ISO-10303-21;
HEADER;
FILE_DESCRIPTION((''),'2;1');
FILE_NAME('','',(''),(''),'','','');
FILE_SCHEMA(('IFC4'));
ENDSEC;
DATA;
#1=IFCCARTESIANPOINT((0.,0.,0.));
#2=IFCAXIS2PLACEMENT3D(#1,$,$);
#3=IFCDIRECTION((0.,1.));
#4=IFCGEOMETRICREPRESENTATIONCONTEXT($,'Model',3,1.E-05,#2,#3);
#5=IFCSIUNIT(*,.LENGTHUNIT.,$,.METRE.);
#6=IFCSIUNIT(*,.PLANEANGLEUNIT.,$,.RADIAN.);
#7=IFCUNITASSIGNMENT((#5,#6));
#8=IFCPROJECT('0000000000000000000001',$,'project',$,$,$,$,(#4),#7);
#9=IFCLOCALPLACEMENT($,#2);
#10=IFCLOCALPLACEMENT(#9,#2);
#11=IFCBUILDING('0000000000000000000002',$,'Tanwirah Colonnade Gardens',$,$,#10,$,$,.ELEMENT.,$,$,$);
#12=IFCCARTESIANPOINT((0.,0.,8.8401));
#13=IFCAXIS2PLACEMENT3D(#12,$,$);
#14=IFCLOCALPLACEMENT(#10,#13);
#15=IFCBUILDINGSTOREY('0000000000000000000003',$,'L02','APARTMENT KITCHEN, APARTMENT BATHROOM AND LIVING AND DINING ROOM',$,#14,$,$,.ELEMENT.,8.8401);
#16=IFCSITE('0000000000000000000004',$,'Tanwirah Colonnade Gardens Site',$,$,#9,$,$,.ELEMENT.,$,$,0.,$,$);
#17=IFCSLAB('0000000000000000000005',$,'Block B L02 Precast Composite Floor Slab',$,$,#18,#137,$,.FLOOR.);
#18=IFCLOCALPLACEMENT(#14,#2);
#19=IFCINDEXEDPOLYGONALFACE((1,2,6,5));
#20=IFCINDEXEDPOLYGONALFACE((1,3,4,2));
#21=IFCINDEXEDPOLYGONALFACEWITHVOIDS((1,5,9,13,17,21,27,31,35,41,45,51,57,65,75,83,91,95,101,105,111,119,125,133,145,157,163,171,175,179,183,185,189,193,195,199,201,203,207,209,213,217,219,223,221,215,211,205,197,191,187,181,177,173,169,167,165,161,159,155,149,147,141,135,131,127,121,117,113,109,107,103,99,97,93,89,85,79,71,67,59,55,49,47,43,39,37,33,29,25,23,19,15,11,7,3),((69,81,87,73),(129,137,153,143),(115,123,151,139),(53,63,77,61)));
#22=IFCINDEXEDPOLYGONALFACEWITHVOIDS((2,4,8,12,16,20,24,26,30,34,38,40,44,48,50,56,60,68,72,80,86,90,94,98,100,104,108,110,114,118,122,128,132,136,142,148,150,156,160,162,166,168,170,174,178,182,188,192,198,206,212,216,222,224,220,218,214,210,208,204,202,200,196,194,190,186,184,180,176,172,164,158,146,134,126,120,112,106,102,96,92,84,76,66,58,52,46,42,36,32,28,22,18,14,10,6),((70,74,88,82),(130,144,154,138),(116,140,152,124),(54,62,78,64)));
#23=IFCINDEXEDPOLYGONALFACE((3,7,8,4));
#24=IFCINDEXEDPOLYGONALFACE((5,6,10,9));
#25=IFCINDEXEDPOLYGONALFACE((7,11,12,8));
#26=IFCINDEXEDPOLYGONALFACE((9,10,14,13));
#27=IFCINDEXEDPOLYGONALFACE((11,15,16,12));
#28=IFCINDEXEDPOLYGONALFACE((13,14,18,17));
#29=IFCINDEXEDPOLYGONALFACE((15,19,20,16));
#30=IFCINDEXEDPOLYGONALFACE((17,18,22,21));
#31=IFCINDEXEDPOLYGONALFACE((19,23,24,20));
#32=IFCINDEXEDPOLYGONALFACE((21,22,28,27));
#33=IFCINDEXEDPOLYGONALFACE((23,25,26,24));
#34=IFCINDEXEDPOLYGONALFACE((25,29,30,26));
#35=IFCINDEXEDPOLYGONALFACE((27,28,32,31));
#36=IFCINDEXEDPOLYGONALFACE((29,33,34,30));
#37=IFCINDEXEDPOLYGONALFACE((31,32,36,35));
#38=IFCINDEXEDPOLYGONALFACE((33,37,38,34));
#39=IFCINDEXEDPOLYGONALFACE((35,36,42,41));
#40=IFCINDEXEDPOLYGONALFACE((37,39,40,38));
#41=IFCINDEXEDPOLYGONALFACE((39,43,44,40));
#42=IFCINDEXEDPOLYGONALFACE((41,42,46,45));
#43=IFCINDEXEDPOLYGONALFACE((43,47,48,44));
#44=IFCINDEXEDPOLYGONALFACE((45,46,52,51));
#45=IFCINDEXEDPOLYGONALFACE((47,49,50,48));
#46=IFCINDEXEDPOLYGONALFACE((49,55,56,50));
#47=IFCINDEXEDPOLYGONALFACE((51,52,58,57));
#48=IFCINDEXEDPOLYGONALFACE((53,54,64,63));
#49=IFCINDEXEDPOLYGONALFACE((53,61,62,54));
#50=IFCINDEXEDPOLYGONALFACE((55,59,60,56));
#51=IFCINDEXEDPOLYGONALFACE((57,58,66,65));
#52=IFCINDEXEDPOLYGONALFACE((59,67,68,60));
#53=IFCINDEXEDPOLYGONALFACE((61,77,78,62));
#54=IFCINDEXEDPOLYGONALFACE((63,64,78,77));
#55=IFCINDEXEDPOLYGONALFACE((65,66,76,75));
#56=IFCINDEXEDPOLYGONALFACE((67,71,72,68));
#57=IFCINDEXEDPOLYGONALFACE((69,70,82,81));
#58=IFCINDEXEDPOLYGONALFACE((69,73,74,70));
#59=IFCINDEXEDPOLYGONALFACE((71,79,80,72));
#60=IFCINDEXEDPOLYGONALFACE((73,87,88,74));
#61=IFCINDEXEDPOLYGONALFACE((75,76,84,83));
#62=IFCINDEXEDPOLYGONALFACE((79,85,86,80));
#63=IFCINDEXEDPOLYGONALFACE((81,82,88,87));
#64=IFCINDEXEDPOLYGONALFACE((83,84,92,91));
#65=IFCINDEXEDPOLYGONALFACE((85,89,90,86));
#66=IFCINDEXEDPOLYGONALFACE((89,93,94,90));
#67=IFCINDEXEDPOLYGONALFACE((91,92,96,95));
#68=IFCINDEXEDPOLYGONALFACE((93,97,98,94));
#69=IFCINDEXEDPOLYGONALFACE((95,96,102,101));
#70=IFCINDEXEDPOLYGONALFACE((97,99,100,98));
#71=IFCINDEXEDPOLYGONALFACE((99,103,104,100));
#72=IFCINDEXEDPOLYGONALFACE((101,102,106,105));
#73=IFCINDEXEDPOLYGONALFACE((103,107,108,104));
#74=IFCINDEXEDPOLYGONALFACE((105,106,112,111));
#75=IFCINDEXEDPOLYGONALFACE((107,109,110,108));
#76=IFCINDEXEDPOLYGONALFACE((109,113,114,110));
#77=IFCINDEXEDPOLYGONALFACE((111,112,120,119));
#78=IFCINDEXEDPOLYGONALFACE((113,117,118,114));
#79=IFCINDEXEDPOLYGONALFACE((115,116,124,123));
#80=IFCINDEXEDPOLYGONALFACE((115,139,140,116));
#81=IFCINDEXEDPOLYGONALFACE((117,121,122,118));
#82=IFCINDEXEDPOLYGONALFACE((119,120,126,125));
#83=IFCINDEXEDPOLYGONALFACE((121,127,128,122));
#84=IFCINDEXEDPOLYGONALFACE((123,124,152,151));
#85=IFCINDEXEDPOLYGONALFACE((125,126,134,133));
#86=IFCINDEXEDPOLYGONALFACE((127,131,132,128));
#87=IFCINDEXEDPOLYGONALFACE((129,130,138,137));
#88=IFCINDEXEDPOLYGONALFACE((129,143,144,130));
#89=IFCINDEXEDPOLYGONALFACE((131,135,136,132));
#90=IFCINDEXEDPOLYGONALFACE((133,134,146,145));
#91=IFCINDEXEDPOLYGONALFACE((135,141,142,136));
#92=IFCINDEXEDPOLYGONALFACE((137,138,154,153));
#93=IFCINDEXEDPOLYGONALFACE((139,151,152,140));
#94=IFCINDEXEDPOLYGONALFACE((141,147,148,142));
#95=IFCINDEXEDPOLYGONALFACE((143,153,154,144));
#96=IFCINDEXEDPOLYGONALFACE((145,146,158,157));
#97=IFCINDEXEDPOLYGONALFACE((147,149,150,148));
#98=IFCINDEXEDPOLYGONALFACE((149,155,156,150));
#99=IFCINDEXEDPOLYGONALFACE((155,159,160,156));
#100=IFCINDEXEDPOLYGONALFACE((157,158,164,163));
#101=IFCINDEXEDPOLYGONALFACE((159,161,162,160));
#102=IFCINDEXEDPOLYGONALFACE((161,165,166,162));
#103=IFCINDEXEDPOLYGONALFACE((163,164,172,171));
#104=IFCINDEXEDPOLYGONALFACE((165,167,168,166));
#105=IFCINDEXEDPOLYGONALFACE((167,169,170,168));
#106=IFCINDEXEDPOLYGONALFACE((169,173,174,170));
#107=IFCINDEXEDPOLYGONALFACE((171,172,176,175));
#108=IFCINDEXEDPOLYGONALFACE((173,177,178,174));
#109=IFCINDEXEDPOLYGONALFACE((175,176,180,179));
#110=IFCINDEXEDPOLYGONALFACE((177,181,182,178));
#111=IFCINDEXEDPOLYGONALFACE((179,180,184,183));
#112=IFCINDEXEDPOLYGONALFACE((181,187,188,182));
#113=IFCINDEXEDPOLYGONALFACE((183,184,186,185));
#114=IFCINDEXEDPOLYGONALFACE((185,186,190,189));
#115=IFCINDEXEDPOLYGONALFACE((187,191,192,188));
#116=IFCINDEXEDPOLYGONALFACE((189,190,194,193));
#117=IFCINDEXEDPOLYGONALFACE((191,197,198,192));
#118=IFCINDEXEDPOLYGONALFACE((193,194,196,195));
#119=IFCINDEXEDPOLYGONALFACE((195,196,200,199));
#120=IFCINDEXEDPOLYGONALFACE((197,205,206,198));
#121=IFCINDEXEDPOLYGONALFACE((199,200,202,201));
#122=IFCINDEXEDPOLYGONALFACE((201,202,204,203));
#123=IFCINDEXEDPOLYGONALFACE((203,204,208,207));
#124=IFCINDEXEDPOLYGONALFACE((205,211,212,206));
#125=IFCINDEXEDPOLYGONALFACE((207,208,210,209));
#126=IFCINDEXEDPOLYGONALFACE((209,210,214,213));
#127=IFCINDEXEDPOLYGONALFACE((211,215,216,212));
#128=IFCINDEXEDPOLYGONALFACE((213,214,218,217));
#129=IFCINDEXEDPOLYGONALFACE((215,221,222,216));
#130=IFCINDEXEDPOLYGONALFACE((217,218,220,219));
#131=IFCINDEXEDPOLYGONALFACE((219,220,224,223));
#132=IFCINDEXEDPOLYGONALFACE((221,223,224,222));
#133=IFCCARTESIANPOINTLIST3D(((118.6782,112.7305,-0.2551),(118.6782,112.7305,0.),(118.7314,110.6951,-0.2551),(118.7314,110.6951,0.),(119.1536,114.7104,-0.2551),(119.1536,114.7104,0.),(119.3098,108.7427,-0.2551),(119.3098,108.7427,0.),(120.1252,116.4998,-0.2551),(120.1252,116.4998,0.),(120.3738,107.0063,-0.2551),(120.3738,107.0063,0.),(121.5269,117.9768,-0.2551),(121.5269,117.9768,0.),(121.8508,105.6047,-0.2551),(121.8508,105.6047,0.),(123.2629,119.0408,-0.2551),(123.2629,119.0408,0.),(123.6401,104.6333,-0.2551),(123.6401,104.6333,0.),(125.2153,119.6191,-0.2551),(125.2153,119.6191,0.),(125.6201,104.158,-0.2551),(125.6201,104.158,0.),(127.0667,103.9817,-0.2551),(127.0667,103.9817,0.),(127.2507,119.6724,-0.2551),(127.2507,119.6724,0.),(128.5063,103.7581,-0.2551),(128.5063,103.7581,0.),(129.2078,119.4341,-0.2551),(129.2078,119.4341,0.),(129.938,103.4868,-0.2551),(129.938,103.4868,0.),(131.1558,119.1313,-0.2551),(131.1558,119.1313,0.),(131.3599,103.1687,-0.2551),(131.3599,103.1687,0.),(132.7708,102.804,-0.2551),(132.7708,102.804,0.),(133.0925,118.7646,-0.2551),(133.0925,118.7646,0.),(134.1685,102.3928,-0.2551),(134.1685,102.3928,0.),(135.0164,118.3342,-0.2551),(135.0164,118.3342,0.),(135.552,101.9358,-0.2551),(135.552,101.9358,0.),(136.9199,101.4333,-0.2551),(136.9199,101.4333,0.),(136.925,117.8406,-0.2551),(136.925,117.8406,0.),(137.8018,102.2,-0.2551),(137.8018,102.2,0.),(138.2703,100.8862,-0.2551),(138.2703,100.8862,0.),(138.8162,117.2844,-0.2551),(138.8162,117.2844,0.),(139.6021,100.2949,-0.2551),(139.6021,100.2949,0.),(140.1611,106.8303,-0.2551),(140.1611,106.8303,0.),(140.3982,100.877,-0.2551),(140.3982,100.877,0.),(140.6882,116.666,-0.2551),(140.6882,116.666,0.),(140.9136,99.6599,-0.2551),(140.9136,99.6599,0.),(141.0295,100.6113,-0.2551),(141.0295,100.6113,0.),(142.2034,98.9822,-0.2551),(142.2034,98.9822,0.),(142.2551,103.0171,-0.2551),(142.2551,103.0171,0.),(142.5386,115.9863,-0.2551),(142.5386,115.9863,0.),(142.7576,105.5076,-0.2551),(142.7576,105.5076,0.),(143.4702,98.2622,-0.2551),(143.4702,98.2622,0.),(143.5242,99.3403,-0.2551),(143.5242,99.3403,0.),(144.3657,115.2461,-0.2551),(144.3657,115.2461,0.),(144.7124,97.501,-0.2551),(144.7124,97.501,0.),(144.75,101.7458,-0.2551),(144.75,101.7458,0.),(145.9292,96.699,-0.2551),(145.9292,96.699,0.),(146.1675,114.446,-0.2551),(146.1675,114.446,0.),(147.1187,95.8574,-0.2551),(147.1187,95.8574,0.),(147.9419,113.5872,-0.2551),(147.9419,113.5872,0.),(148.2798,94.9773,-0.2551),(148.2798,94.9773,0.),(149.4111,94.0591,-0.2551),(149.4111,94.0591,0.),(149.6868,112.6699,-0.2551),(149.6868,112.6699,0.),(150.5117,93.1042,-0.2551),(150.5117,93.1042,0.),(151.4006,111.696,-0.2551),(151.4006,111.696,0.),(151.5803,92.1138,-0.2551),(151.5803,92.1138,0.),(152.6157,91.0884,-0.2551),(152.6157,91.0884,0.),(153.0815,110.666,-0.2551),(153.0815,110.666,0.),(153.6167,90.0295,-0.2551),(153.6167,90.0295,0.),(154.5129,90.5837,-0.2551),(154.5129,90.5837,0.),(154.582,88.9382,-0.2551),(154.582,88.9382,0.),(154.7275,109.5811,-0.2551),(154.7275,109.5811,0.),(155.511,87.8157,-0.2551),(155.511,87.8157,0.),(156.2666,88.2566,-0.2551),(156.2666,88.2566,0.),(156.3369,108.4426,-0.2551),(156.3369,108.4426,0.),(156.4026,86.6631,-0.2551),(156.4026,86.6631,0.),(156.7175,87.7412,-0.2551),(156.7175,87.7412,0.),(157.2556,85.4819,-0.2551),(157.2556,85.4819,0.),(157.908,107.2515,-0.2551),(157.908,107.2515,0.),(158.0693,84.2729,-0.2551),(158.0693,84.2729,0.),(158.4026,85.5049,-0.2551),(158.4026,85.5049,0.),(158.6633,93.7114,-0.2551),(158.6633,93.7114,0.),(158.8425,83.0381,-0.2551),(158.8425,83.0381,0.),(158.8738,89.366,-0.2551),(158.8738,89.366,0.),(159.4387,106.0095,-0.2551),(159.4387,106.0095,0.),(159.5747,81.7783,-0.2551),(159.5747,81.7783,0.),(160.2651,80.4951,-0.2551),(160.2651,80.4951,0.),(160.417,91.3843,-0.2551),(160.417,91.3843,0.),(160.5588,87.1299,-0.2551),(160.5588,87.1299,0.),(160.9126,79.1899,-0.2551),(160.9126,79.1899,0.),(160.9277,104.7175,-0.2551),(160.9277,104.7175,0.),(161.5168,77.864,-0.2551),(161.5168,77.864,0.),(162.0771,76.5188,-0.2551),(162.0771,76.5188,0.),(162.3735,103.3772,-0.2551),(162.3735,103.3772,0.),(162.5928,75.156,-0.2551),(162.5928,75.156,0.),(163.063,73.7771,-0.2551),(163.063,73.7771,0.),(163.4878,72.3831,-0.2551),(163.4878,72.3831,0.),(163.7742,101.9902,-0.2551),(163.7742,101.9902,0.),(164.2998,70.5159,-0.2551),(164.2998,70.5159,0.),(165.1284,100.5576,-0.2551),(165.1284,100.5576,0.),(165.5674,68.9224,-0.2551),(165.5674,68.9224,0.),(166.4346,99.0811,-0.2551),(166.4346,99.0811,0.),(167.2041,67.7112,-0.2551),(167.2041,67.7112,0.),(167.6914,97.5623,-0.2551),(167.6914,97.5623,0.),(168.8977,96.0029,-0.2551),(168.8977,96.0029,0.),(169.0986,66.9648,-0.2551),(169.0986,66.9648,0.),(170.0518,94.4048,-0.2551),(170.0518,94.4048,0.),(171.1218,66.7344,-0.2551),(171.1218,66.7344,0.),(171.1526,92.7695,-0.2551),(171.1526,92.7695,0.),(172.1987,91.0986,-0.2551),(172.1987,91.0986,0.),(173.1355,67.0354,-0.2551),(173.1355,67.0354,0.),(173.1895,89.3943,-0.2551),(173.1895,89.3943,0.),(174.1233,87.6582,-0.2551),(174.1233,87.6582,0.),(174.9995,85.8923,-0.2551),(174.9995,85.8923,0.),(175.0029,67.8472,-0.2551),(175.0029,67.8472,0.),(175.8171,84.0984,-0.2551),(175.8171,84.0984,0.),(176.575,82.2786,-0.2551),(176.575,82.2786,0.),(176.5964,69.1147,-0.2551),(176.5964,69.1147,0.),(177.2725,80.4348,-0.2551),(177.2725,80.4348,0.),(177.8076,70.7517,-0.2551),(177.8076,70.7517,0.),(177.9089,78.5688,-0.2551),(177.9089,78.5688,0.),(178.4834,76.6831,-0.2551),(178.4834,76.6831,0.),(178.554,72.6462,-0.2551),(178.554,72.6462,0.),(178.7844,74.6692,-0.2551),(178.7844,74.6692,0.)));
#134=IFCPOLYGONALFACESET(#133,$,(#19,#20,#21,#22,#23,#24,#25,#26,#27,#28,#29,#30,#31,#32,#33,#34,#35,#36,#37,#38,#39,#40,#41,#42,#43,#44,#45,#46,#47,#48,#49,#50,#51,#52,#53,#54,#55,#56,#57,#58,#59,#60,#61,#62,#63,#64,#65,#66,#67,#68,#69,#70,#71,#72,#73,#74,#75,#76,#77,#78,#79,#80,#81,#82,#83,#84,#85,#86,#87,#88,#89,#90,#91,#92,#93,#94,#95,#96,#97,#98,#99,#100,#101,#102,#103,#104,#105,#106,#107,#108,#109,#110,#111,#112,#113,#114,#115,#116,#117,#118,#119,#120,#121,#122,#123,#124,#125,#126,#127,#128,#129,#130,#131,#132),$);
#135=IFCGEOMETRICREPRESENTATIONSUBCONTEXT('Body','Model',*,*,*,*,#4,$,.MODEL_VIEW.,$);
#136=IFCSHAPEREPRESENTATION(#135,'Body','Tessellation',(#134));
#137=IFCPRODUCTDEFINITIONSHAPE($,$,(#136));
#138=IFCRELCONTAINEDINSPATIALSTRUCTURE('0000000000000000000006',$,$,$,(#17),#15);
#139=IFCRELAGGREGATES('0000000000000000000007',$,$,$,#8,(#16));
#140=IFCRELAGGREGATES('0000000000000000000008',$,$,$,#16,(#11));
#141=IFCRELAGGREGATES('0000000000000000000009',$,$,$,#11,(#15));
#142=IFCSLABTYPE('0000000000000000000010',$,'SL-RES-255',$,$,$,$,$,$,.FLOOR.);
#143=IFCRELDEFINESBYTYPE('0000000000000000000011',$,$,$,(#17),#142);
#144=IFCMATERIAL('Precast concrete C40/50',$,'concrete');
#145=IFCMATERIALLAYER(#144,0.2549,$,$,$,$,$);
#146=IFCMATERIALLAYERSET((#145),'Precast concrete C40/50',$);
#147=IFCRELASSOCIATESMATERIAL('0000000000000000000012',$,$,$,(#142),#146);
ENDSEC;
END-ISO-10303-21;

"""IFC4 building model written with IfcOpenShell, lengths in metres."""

from ifc_helpers import new_model, si_unit, direction, frame, origin, place, context, subcontext, project, spatial, polyline, outline, extrude, material, layer, layer_set, type_object, element, save


model = new_model("IFC4")

# Units and contexts
model_context = context("Model", 3, precision=1e-05, world=origin(), true_north=direction((0.0, 1.0)))
body_context = subcontext(model_context, "Body", "Model", "MODEL_VIEW")
ifc_project = project(units=[si_unit("LENGTHUNIT", "METRE"), si_unit("PLANEANGLEUNIT", "RADIAN")], contexts=[model_context])

# Site, building, storey
site_placement = place(None, origin())
site = spatial("IfcSite", under=ifc_project, at=site_placement, Name="Tanwirah Colonnade Gardens Site", CompositionType="ELEMENT", RefElevation=0.0)
building_placement = place(site_placement, origin())
building = spatial("IfcBuilding", under=site, at=building_placement, Name="Tanwirah Colonnade Gardens", CompositionType="ELEMENT")
storey_placement = place(building_placement, frame((0.0, 0.0, 8.8401)))
storey = spatial("IfcBuildingStorey", under=building, at=storey_placement, Name="L02", Description="APARTMENT KITCHEN, APARTMENT BATHROOM AND LIVING AND DINING ROOM", CompositionType="ELEMENT", Elevation=8.8401)

# Shared definitions
ifc_material_1 = material(Name="Precast concrete C40/50", Category="concrete")

# Slab
ifc_layer_1 = layer(ifc_material_1, 0.2549)
ifc_layer_set_1 = layer_set([ifc_layer_1], Name="Precast concrete C40/50")
slab_type_1 = type_object("IfcSlabType", Name="SL-RES-255", PredefinedType="FLOOR", material=ifc_layer_set_1)
slab_1_placement = place(storey_placement, frame((0.0, 0.0, -0.2551)))
element("IfcSlab", 1, at=slab_1_placement, inside=storey, type_object=slab_type_1, Name="Block B L02 Precast Composite Floor Slab", PredefinedType="FLOOR", context=body_context, shape_type="SweptSolid", body=[
    extrude(outline(polyline([(162.5928, 75.156), (163.063, 73.7771), (163.4878, 72.3831), (164.2998, 70.5159), (165.5674, 68.9224), (167.2041, 67.7112), (169.0986, 66.9648), (171.1218, 66.7344), (173.1355, 67.0354), (175.0029, 67.8472), (176.5964, 69.1147), (177.8076, 70.7517), (178.554, 72.6462), (178.7844, 74.6692), (178.4834, 76.6831), (177.9089, 78.5688), (177.2725, 80.4348), (176.575, 82.2786), (175.8171, 84.0984), (174.9995, 85.8923), (174.1233, 87.6582), (173.1895, 89.3943), (172.1987, 91.0986), (171.1526, 92.7695), (170.0518, 94.4048), (168.8977, 96.0029), (167.6914, 97.5623), (166.4346, 99.0811), (165.1284, 100.5576), (163.7742, 101.9902), (162.3735, 103.3772), (160.9277, 104.7175), (159.4387, 106.0095), (157.908, 107.2515), (156.3369, 108.4426), (154.7275, 109.5811), (153.0815, 110.666), (151.4006, 111.696), (149.6868, 112.6699), (147.9419, 113.5872), (146.1675, 114.446), (144.3657, 115.2461), (142.5386, 115.9863), (140.6882, 116.666), (138.8162, 117.2844), (136.925, 117.8406), (135.0164, 118.3342), (133.0925, 118.7646), (131.1558, 119.1313), (129.2078, 119.4341), (127.2507, 119.6724), (125.2153, 119.6191), (123.2629, 119.0408), (121.5269, 117.9768), (120.1252, 116.4998), (119.1536, 114.7104), (118.6782, 112.7305), (118.7314, 110.6951), (119.3098, 108.7427), (120.3738, 107.0063), (121.8508, 105.6047), (123.6401, 104.6333), (125.6201, 104.158), (127.0667, 103.9817), (128.5063, 103.7581), (129.938, 103.4868), (131.3599, 103.1687), (132.7708, 102.804), (134.1685, 102.3928), (135.552, 101.9358), (136.9199, 101.4333), (138.2703, 100.8862), (139.6021, 100.2949), (140.9136, 99.6599), (142.2034, 98.9822), (143.4702, 98.2622), (144.7124, 97.501), (145.9292, 96.699), (147.1187, 95.8574), (148.2798, 94.9773), (149.4111, 94.0591), (150.5117, 93.1042), (151.5803, 92.1138), (152.6157, 91.0884), (153.6167, 90.0295), (154.582, 88.9382), (155.511, 87.8157), (156.4026, 86.6631), (157.2556, 85.4819), (158.0693, 84.2729), (158.8425, 83.0381), (159.5747, 81.7783), (160.2651, 80.4951), (160.9126, 79.1899), (161.5168, 77.864), (162.0771, 76.5188), (162.5928, 75.156)]), holes=[polyline([(160.417, 91.3843), (156.2666, 88.2566), (154.5129, 90.5837), (158.6633, 93.7114), (160.417, 91.3843)]), polyline([(158.4026, 85.5049), (156.7175, 87.7412), (158.8738, 89.366), (160.5588, 87.1299), (158.4026, 85.5049)]), polyline([(137.8018, 102.2), (140.1611, 106.8303), (142.7576, 105.5076), (140.3982, 100.877), (137.8018, 102.2)]), polyline([(142.2551, 103.0171), (144.75, 101.7458), (143.5242, 99.3403), (141.0295, 100.6113), (142.2551, 103.0171)])]), origin(), (0.0, 0.0, 1.0), 0.2551),
])

save(model, "model.ifc")
